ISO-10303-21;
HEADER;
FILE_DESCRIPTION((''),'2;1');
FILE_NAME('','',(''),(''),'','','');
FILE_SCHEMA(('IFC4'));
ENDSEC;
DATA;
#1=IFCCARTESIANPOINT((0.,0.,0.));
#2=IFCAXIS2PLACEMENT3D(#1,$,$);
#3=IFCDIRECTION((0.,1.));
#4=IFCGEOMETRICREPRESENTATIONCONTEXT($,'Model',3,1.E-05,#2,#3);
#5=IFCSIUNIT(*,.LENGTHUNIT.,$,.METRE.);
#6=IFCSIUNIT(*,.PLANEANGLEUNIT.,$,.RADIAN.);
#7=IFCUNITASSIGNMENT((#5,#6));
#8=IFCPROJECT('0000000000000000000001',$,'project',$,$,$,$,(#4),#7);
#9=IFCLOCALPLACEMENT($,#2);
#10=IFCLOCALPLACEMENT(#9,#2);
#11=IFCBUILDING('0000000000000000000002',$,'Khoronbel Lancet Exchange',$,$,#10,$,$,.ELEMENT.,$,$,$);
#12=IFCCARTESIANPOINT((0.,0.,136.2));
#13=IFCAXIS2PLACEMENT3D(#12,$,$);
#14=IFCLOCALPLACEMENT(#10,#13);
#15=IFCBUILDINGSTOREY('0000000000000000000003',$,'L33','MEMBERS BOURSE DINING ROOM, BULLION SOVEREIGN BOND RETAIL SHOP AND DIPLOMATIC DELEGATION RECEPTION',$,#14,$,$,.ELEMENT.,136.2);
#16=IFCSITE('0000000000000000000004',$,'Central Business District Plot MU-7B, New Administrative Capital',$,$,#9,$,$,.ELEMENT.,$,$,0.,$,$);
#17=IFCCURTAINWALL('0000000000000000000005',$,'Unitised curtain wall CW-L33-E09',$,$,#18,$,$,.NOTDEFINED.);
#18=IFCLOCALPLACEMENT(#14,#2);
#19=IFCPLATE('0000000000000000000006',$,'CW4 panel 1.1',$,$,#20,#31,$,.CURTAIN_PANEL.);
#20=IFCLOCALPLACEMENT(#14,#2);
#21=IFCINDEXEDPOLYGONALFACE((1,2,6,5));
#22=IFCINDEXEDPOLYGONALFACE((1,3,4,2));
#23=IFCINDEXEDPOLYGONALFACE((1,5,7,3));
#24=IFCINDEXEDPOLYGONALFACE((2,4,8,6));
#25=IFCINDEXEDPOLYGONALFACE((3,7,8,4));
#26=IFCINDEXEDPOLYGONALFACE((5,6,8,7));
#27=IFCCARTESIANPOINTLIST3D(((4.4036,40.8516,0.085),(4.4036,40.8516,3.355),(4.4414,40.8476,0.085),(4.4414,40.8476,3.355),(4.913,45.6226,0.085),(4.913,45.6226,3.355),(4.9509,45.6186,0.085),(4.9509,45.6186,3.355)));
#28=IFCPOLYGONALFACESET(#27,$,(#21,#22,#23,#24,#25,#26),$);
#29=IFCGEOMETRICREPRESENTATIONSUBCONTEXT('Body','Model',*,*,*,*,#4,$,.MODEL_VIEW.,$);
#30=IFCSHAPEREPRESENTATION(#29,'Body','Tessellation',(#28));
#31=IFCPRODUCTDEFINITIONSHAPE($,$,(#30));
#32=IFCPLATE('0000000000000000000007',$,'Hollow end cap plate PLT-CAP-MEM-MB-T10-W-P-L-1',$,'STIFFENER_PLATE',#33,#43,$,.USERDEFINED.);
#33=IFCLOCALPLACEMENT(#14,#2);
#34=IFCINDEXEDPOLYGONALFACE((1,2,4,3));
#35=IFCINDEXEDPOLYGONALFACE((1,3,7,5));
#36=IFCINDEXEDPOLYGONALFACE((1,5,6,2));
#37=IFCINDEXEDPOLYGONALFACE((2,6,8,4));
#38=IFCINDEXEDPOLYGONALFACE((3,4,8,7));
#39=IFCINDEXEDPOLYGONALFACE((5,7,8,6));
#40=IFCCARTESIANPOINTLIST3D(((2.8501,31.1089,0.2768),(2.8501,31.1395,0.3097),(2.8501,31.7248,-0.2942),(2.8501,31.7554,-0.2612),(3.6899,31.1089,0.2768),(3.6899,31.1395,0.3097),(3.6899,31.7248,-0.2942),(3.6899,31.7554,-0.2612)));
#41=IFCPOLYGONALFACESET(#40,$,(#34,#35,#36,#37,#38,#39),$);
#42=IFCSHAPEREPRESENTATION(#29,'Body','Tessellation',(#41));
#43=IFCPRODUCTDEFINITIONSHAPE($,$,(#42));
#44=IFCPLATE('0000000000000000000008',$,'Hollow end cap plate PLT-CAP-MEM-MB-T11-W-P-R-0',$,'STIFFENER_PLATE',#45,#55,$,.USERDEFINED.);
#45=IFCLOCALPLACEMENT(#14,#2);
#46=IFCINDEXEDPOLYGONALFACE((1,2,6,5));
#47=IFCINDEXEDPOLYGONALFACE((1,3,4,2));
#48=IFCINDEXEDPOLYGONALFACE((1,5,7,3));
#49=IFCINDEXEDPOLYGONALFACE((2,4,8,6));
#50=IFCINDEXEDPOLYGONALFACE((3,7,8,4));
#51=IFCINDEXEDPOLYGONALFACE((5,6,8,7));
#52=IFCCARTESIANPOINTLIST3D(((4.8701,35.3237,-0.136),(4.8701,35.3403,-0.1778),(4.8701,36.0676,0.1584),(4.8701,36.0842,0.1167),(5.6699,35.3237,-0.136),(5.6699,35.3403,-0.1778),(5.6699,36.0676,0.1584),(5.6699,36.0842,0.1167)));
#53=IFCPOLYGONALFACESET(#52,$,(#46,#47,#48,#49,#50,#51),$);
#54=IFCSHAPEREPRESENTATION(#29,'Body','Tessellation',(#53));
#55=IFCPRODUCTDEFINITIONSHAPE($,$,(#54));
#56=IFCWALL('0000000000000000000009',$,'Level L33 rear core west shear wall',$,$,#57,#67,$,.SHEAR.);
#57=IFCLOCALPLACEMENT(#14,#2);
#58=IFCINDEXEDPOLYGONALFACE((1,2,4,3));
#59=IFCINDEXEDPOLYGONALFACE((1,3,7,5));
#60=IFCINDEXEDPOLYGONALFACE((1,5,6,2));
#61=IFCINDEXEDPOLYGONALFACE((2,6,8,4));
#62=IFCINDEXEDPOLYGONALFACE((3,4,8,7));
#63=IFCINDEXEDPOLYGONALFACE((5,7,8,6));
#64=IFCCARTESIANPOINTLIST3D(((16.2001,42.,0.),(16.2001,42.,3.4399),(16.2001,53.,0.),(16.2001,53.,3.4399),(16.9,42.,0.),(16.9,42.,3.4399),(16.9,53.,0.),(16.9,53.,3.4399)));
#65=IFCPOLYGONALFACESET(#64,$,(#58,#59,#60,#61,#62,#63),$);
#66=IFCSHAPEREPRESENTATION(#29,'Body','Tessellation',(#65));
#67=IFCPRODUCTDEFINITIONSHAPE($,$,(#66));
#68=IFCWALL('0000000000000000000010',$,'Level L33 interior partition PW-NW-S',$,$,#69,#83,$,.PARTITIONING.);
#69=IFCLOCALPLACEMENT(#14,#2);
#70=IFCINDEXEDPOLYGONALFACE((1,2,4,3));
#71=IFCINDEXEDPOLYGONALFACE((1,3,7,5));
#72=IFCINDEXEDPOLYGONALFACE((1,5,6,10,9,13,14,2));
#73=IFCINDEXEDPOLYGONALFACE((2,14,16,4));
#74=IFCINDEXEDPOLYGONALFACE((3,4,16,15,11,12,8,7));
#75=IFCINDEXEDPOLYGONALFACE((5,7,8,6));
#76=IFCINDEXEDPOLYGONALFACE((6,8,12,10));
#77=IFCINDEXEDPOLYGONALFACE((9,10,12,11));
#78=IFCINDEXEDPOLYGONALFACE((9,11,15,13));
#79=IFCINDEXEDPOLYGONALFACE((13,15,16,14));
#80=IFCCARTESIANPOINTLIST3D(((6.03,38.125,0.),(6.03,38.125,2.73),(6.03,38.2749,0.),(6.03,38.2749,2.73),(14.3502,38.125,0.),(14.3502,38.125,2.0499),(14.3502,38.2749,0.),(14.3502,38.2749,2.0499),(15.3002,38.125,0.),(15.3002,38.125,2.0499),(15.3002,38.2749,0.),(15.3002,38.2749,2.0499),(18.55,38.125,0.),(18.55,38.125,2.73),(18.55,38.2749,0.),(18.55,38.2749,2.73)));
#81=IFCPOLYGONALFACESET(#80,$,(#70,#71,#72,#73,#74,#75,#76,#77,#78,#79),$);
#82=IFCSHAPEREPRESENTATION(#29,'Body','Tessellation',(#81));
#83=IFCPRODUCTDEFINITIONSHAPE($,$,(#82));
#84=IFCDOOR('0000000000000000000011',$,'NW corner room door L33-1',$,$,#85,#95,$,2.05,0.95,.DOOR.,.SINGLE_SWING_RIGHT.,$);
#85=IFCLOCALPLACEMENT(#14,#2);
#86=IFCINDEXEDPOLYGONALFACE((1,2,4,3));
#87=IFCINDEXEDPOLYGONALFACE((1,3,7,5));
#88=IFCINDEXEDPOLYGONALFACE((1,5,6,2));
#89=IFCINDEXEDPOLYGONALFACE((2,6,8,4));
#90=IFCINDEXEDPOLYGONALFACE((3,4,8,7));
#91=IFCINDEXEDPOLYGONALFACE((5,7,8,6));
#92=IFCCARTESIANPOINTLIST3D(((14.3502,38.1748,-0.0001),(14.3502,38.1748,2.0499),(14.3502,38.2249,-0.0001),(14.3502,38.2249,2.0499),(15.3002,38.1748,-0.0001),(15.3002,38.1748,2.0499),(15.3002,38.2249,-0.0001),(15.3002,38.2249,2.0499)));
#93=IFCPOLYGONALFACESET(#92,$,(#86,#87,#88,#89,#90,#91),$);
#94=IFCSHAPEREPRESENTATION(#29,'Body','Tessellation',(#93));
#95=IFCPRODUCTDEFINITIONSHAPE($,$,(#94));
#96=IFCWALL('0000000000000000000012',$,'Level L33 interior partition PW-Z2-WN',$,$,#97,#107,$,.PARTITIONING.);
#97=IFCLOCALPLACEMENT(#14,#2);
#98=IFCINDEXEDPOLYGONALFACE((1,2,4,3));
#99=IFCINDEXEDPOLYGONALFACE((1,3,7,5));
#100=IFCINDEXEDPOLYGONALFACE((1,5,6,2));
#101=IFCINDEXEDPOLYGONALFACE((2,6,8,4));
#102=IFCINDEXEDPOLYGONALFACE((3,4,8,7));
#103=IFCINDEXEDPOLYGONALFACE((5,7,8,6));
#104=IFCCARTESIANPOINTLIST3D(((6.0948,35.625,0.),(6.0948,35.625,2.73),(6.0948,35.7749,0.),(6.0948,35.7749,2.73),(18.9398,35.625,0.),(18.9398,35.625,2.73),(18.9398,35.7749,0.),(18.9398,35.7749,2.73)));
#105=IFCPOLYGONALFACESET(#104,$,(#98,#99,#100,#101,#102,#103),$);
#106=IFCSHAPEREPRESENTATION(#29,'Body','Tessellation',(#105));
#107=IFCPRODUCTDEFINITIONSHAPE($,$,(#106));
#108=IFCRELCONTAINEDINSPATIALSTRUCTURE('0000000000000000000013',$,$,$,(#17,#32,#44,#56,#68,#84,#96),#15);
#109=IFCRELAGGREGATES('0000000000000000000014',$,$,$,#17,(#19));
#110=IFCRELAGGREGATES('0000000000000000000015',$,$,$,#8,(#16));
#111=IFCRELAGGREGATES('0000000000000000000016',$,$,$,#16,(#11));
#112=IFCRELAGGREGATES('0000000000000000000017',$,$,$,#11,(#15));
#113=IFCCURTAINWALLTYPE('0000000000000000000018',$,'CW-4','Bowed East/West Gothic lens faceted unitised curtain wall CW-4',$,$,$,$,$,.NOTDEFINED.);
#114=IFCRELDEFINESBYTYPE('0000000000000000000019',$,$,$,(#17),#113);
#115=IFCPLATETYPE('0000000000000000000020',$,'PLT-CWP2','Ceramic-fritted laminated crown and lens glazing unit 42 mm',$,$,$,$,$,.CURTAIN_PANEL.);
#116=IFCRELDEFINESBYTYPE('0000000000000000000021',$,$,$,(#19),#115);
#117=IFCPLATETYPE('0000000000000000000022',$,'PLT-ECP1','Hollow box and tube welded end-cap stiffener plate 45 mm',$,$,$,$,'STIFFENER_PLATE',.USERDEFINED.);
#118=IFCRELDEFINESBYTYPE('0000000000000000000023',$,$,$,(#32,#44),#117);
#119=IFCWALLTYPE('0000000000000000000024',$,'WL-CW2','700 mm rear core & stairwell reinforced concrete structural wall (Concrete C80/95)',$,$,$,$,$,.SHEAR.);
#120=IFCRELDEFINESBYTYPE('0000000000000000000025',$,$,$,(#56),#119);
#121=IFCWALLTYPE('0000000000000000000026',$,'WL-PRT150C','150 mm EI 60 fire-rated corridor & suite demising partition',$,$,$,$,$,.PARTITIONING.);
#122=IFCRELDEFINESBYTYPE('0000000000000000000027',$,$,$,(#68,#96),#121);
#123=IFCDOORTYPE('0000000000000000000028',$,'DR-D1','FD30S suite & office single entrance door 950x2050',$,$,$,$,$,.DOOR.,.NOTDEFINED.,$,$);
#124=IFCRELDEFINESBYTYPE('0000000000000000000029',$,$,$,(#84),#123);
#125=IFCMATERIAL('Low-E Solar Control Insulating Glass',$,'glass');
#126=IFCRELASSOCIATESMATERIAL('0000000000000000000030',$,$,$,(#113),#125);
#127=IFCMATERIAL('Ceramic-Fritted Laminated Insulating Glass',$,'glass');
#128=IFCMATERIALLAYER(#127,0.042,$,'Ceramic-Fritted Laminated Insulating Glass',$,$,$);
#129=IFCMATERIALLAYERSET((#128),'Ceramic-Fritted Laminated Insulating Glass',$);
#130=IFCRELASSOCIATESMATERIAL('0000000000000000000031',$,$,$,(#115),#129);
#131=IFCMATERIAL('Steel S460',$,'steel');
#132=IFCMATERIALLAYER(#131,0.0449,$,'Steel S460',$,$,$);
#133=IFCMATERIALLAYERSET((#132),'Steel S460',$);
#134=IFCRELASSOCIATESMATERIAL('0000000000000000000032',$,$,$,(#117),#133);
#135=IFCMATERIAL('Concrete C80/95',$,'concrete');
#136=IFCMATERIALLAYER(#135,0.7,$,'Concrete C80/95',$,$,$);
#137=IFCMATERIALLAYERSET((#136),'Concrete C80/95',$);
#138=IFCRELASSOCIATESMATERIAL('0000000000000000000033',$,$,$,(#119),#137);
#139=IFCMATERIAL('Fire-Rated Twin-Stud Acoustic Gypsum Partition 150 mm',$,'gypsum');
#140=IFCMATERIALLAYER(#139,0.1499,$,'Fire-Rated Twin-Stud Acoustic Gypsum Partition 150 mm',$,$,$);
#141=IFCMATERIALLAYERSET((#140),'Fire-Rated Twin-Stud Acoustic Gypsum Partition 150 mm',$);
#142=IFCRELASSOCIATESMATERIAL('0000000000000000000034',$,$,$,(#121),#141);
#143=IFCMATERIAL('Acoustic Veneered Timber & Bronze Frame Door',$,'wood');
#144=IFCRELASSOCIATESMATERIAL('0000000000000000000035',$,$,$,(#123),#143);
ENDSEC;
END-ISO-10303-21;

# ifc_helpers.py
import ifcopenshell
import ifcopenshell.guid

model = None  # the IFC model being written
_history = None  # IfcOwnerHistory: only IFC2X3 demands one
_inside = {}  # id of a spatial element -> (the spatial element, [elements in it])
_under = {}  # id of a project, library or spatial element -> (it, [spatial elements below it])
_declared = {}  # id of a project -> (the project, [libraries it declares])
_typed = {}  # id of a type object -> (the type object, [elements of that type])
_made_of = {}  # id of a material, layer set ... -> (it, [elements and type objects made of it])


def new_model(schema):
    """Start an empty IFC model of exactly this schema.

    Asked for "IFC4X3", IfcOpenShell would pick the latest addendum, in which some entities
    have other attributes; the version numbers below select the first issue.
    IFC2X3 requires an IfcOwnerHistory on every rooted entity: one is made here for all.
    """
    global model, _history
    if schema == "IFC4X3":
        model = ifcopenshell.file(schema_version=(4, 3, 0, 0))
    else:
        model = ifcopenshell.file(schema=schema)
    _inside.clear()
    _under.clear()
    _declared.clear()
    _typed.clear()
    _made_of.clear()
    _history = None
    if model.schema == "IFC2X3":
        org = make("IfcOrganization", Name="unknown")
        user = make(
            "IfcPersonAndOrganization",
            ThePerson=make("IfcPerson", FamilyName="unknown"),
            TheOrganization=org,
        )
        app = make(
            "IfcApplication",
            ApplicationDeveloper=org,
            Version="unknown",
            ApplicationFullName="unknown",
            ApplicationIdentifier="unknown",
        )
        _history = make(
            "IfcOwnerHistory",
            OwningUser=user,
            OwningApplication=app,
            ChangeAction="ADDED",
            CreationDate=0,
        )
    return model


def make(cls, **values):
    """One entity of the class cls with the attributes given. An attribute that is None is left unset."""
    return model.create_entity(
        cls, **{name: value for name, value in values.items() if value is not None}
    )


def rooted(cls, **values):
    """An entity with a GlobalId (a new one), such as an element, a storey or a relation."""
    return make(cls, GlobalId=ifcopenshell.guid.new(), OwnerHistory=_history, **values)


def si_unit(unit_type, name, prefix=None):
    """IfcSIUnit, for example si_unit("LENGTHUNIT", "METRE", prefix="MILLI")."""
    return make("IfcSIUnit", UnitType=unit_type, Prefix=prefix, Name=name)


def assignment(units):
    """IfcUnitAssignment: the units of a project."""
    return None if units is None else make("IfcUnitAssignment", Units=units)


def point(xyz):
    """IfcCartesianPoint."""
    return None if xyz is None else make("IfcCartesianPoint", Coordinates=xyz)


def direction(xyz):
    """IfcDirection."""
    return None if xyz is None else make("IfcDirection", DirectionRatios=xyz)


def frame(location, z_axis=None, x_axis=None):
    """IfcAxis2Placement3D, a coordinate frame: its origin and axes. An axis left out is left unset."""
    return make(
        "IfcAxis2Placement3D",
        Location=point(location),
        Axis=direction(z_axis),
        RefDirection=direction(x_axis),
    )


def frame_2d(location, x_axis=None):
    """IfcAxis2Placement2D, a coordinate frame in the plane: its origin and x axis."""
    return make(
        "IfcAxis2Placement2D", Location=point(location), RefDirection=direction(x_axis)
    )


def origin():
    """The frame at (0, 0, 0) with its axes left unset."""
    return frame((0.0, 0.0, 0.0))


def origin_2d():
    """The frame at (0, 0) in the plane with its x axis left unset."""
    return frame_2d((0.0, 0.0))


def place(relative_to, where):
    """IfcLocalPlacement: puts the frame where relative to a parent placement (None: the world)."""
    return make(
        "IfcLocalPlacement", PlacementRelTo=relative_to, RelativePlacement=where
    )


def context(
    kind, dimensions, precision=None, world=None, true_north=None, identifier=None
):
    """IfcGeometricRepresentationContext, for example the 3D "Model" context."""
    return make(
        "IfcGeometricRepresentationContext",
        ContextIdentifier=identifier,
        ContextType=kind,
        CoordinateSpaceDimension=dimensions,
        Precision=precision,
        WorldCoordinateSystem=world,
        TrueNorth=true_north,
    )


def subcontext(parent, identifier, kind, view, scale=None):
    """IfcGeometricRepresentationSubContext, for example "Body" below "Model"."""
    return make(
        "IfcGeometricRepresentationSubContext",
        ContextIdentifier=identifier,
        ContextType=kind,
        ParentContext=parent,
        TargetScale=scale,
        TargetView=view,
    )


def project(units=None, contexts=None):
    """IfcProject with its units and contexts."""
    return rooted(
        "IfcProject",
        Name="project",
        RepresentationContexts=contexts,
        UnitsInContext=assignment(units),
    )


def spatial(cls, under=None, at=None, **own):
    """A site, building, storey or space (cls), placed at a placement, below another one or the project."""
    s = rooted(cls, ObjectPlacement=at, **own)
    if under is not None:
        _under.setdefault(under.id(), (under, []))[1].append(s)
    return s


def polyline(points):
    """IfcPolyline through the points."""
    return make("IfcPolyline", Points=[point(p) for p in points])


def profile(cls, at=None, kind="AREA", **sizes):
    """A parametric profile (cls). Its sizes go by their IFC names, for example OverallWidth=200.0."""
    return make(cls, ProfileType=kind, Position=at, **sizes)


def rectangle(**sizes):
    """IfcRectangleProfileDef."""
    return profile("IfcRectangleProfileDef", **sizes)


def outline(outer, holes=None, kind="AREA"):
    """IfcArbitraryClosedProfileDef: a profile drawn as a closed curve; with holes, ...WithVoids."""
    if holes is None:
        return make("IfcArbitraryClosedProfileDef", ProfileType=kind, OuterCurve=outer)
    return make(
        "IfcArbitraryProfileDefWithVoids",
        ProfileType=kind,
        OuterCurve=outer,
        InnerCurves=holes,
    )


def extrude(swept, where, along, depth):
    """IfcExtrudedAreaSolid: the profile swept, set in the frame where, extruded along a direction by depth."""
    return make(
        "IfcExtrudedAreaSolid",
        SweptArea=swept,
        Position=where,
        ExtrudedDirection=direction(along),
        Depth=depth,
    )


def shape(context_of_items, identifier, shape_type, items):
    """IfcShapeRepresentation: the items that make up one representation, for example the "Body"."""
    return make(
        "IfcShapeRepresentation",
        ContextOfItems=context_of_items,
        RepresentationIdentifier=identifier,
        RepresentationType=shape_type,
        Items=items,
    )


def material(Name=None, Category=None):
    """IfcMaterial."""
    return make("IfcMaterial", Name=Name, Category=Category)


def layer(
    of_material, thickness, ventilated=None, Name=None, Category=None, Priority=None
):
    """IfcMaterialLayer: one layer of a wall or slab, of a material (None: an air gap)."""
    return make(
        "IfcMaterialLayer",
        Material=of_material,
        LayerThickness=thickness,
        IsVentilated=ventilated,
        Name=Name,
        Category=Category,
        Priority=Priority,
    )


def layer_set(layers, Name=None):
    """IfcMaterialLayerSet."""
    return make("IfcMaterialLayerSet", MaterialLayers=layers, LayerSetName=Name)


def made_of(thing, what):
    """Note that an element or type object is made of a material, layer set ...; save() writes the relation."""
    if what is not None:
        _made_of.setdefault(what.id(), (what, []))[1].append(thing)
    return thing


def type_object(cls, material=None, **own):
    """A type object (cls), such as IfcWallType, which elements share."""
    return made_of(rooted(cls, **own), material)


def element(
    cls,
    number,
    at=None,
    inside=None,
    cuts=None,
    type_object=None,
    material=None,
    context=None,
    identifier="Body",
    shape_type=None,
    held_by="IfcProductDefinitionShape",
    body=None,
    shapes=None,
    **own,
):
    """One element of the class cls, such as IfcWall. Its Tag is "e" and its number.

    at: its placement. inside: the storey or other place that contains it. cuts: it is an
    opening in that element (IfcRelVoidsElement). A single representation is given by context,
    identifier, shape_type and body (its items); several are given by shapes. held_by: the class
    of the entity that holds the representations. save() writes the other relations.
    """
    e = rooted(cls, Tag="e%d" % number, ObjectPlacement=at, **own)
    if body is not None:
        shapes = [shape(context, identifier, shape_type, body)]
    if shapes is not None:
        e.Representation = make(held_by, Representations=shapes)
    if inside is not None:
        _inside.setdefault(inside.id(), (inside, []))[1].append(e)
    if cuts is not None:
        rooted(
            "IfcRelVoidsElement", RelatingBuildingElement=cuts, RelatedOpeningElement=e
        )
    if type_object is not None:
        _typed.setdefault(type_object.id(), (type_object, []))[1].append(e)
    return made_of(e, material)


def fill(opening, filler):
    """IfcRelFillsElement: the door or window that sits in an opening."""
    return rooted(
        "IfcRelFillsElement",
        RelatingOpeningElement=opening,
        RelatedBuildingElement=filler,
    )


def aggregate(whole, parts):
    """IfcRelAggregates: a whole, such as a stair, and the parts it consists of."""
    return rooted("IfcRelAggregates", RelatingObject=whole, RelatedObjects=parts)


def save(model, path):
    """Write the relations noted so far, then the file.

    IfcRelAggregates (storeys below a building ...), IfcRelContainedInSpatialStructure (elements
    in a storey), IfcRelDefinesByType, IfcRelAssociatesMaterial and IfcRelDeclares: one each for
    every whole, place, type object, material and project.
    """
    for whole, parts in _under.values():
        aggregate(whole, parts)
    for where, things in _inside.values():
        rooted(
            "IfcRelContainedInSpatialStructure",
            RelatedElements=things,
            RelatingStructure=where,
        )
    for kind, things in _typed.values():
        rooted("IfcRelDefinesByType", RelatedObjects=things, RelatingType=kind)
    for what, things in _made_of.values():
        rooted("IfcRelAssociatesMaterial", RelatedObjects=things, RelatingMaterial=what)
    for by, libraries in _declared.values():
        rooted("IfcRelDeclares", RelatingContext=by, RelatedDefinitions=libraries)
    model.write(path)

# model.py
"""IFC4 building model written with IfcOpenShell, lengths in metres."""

from ifc_helpers import new_model, si_unit, direction, frame, frame_2d, origin, origin_2d, place, context, subcontext, project, spatial, polyline, rectangle, outline, extrude, material, layer, layer_set, type_object, element, fill, aggregate, save


model = new_model("IFC4")

# Units and contexts
model_context = context("Model", 3, precision=1e-05, world=origin(), true_north=direction((0.0, 1.0)))
body_context = subcontext(model_context, "Body", "Model", "MODEL_VIEW")
ifc_project = project(units=[si_unit("LENGTHUNIT", "METRE"), si_unit("PLANEANGLEUNIT", "RADIAN")], contexts=[model_context])

# Site, building, storey
site_placement = place(None, origin())
site = spatial("IfcSite", under=ifc_project, at=site_placement, Name="Central Business District Plot MU-7B, New Administrative Capital", CompositionType="ELEMENT", RefElevation=0.0)
building_placement = place(site_placement, origin())
building = spatial("IfcBuilding", under=site, at=building_placement, Name="Khoronbel Lancet Exchange", CompositionType="ELEMENT")
storey_placement = place(building_placement, frame((0.0, 0.0, 136.2)))
storey = spatial("IfcBuildingStorey", under=building, at=storey_placement, Name="L33", Description="MEMBERS BOURSE DINING ROOM, BULLION SOVEREIGN BOND RETAIL SHOP AND DIPLOMATIC DELEGATION RECEPTION", CompositionType="ELEMENT", Elevation=136.2)

# Shared definitions
ifc_material_1 = material(Name="Steel S460", Category="steel")

# Shared definitions
ifc_material_2 = material(Name="Low-E Solar Control Insulating Glass", Category="glass")
curtain_wall_type = type_object("IfcCurtainWallType", Name="CW-4", Description="Bowed East/West Gothic lens faceted unitised curtain wall CW-4", PredefinedType="NOTDEFINED", material=ifc_material_2)

# Curtain wall
curtain_wall_1_placement = place(storey_placement, origin())
curtain_wall_1 = element("IfcCurtainWall", 1, at=curtain_wall_1_placement, inside=storey, type_object=curtain_wall_type, Name="Unitised curtain wall CW-L33-E09", PredefinedType="NOTDEFINED")

# Plate
ifc_material_3 = material(Name="Ceramic-Fritted Laminated Insulating Glass", Category="glass")
ifc_layer_1 = layer(ifc_material_3, 0.042, Name="Ceramic-Fritted Laminated Insulating Glass")
ifc_layer_set_1 = layer_set([ifc_layer_1], Name="Ceramic-Fritted Laminated Insulating Glass")
plate_type_1 = type_object("IfcPlateType", Name="PLT-CWP2", Description="Ceramic-fritted laminated crown and lens glazing unit 42 mm", PredefinedType="CURTAIN_PANEL", material=ifc_layer_set_1)
plate_1_placement = place(storey_placement, frame((4.6772, 43.2351, 0.085), z_axis=(0.0, 0.0, 1.0), x_axis=(0.106181, 0.994347, 0.0)))
plate_1 = element("IfcPlate", 2, at=plate_1_placement, type_object=plate_type_1, Name="CW4 panel 1.1", PredefinedType="CURTAIN_PANEL", context=body_context, shape_type="SweptSolid", body=[
    extrude(rectangle(XDim=4.7981, YDim=0.0381, at=origin_2d()), origin(), (0.0, 0.0, 1.0), 3.27),
])
aggregate(curtain_wall_1, [plate_1])

# Plates
ifc_layer_2 = layer(ifc_material_1, 0.0449, Name="Steel S460")
ifc_layer_set_2 = layer_set([ifc_layer_2], Name="Steel S460")
plate_type_2 = type_object("IfcPlateType", Name="PLT-ECP1", Description="Hollow box and tube welded end-cap stiffener plate 45 mm", ElementType="STIFFENER_PLATE", PredefinedType="USERDEFINED", material=ifc_layer_set_2)
plate_2_placement = place(storey_placement, frame((3.6899, 31.7554, -0.2612), z_axis=(0.0, 0.67986, 0.733342), x_axis=(-1.0, 0.0, 0.0)))
element("IfcPlate", 3, at=plate_2_placement, inside=storey, type_object=plate_type_2, Name="Hollow end cap plate PLT-CAP-MEM-MB-T10-W-P-L-1", ObjectType="STIFFENER_PLATE", PredefinedType="USERDEFINED", context=body_context, shape_type="SweptSolid", body=[
    extrude(outline(polyline([(0.0, 0.0), (0.8398, 0.0), (0.8398, 0.8398), (0.0, 0.8398), (0.0, 0.0)])), origin(), (0.0, 0.0, -1.0), 0.0449),
])
plate_3_placement = place(storey_placement, frame((4.8701, 35.3237, -0.136), z_axis=(0.0, -0.368021, 0.929817), x_axis=(1.0, 0.0, 0.0)))
element("IfcPlate", 4, at=plate_3_placement, inside=storey, type_object=plate_type_2, Name="Hollow end cap plate PLT-CAP-MEM-MB-T11-W-P-R-0", ObjectType="STIFFENER_PLATE", PredefinedType="USERDEFINED", context=body_context, shape_type="SweptSolid", body=[
    extrude(outline(polyline([(0.0, 0.0), (0.7998, 0.0), (0.7998, 0.8), (0.0, 0.8), (0.0, 0.0)])), origin(), (0.0, 0.0, -1.0), 0.0449),
])

# Wall
ifc_material_4 = material(Name="Concrete C80/95", Category="concrete")
ifc_layer_3 = layer(ifc_material_4, 0.7, Name="Concrete C80/95")
ifc_layer_set_3 = layer_set([ifc_layer_3], Name="Concrete C80/95")
wall_type_1 = type_object("IfcWallType", Name="WL-CW2", Description="700 mm rear core & stairwell reinforced concrete structural wall (Concrete C80/95)", PredefinedType="SHEAR", material=ifc_layer_set_3)
wall_1_placement = place(storey_placement, frame((16.55, 42.0, 0.0), z_axis=(0.0, 0.0, 1.0), x_axis=(0.0, 1.0, 0.0)))
element("IfcWall", 5, at=wall_1_placement, inside=storey, type_object=wall_type_1, Name="Level L33 rear core west shear wall", PredefinedType="SHEAR", context=body_context, shape_type="SweptSolid", body=[
    extrude(rectangle(XDim=11.0, YDim=0.7, at=frame_2d((5.5, 0.0))), origin(), (0.0, 0.0, 1.0), 3.4399),
])

# Wall, opening, door
ifc_material_5 = material(Name="Fire-Rated Twin-Stud Acoustic Gypsum Partition 150 mm", Category="gypsum")
ifc_layer_4 = layer(ifc_material_5, 0.1499, Name="Fire-Rated Twin-Stud Acoustic Gypsum Partition 150 mm")
ifc_layer_set_4 = layer_set([ifc_layer_4], Name="Fire-Rated Twin-Stud Acoustic Gypsum Partition 150 mm")
wall_type_2 = type_object("IfcWallType", Name="WL-PRT150C", Description="150 mm EI 60 fire-rated corridor & suite demising partition", PredefinedType="PARTITIONING", material=ifc_layer_set_4)
wall_2_placement = place(storey_placement, frame((6.03, 38.2, 0.0), z_axis=(0.0, 0.0, 1.0), x_axis=(1.0, 0.0, 0.0)))
wall_2 = element("IfcWall", 6, at=wall_2_placement, inside=storey, type_object=wall_type_2, Name="Level L33 interior partition PW-NW-S", PredefinedType="PARTITIONING", context=body_context, shape_type="SweptSolid", body=[
    extrude(rectangle(XDim=12.52, YDim=0.1499, at=frame_2d((6.26, 0.0))), origin(), (0.0, 0.0, 1.0), 2.73),
])
opening_placement = place(wall_2_placement, frame((8.3201, 0.0, 0.0)))
opening = element("IfcOpeningElement", 7, at=opening_placement, cuts=wall_2, PredefinedType="OPENING", context=body_context, shape_type="SweptSolid", body=[
    extrude(rectangle(XDim=0.95, YDim=2.05, at=frame_2d((0.4751, 1.0249))), frame((0.0, 0.085, 0.0), z_axis=(0.0, -1.0, 0.0), x_axis=(1.0, 0.0, 0.0)), (0.0, 0.0, 1.0), 0.1699),
])
ifc_material_6 = material(Name="Acoustic Veneered Timber & Bronze Frame Door", Category="wood")
door_type = type_object("IfcDoorType", Name="DR-D1", Description="FD30S suite & office single entrance door 950x2050", OperationType="NOTDEFINED", PredefinedType="DOOR", material=ifc_material_6)
door_placement = place(opening_placement, origin())
door = element("IfcDoor", 8, at=door_placement, inside=storey, type_object=door_type, Name="NW corner room door L33-1", OperationType="SINGLE_SWING_RIGHT", OverallHeight=2.05, OverallWidth=0.95, PredefinedType="DOOR", context=body_context, shape_type="SweptSolid", body=[
    extrude(rectangle(XDim=0.95, YDim=2.05, at=frame_2d((0.4751, 1.0249))), frame((0.0, 0.0249, 0.0), z_axis=(0.0, -1.0, 0.0), x_axis=(1.0, 0.0, 0.0)), (0.0, 0.0, 1.0), 0.05),
])
fill(opening, door)

# Wall
wall_3_placement = place(storey_placement, frame((6.095, 35.7, 0.0), z_axis=(0.0, 0.0, 1.0), x_axis=(1.0, 0.0, 0.0)))
element("IfcWall", 9, at=wall_3_placement, inside=storey, type_object=wall_type_2, Name="Level L33 interior partition PW-Z2-WN", PredefinedType="PARTITIONING", context=body_context, shape_type="SweptSolid", body=[
    extrude(rectangle(XDim=12.845, YDim=0.1499, at=frame_2d((6.4224, 0.0))), origin(), (0.0, 0.0, 1.0), 2.73),
])

save(model, "model.ifc")
